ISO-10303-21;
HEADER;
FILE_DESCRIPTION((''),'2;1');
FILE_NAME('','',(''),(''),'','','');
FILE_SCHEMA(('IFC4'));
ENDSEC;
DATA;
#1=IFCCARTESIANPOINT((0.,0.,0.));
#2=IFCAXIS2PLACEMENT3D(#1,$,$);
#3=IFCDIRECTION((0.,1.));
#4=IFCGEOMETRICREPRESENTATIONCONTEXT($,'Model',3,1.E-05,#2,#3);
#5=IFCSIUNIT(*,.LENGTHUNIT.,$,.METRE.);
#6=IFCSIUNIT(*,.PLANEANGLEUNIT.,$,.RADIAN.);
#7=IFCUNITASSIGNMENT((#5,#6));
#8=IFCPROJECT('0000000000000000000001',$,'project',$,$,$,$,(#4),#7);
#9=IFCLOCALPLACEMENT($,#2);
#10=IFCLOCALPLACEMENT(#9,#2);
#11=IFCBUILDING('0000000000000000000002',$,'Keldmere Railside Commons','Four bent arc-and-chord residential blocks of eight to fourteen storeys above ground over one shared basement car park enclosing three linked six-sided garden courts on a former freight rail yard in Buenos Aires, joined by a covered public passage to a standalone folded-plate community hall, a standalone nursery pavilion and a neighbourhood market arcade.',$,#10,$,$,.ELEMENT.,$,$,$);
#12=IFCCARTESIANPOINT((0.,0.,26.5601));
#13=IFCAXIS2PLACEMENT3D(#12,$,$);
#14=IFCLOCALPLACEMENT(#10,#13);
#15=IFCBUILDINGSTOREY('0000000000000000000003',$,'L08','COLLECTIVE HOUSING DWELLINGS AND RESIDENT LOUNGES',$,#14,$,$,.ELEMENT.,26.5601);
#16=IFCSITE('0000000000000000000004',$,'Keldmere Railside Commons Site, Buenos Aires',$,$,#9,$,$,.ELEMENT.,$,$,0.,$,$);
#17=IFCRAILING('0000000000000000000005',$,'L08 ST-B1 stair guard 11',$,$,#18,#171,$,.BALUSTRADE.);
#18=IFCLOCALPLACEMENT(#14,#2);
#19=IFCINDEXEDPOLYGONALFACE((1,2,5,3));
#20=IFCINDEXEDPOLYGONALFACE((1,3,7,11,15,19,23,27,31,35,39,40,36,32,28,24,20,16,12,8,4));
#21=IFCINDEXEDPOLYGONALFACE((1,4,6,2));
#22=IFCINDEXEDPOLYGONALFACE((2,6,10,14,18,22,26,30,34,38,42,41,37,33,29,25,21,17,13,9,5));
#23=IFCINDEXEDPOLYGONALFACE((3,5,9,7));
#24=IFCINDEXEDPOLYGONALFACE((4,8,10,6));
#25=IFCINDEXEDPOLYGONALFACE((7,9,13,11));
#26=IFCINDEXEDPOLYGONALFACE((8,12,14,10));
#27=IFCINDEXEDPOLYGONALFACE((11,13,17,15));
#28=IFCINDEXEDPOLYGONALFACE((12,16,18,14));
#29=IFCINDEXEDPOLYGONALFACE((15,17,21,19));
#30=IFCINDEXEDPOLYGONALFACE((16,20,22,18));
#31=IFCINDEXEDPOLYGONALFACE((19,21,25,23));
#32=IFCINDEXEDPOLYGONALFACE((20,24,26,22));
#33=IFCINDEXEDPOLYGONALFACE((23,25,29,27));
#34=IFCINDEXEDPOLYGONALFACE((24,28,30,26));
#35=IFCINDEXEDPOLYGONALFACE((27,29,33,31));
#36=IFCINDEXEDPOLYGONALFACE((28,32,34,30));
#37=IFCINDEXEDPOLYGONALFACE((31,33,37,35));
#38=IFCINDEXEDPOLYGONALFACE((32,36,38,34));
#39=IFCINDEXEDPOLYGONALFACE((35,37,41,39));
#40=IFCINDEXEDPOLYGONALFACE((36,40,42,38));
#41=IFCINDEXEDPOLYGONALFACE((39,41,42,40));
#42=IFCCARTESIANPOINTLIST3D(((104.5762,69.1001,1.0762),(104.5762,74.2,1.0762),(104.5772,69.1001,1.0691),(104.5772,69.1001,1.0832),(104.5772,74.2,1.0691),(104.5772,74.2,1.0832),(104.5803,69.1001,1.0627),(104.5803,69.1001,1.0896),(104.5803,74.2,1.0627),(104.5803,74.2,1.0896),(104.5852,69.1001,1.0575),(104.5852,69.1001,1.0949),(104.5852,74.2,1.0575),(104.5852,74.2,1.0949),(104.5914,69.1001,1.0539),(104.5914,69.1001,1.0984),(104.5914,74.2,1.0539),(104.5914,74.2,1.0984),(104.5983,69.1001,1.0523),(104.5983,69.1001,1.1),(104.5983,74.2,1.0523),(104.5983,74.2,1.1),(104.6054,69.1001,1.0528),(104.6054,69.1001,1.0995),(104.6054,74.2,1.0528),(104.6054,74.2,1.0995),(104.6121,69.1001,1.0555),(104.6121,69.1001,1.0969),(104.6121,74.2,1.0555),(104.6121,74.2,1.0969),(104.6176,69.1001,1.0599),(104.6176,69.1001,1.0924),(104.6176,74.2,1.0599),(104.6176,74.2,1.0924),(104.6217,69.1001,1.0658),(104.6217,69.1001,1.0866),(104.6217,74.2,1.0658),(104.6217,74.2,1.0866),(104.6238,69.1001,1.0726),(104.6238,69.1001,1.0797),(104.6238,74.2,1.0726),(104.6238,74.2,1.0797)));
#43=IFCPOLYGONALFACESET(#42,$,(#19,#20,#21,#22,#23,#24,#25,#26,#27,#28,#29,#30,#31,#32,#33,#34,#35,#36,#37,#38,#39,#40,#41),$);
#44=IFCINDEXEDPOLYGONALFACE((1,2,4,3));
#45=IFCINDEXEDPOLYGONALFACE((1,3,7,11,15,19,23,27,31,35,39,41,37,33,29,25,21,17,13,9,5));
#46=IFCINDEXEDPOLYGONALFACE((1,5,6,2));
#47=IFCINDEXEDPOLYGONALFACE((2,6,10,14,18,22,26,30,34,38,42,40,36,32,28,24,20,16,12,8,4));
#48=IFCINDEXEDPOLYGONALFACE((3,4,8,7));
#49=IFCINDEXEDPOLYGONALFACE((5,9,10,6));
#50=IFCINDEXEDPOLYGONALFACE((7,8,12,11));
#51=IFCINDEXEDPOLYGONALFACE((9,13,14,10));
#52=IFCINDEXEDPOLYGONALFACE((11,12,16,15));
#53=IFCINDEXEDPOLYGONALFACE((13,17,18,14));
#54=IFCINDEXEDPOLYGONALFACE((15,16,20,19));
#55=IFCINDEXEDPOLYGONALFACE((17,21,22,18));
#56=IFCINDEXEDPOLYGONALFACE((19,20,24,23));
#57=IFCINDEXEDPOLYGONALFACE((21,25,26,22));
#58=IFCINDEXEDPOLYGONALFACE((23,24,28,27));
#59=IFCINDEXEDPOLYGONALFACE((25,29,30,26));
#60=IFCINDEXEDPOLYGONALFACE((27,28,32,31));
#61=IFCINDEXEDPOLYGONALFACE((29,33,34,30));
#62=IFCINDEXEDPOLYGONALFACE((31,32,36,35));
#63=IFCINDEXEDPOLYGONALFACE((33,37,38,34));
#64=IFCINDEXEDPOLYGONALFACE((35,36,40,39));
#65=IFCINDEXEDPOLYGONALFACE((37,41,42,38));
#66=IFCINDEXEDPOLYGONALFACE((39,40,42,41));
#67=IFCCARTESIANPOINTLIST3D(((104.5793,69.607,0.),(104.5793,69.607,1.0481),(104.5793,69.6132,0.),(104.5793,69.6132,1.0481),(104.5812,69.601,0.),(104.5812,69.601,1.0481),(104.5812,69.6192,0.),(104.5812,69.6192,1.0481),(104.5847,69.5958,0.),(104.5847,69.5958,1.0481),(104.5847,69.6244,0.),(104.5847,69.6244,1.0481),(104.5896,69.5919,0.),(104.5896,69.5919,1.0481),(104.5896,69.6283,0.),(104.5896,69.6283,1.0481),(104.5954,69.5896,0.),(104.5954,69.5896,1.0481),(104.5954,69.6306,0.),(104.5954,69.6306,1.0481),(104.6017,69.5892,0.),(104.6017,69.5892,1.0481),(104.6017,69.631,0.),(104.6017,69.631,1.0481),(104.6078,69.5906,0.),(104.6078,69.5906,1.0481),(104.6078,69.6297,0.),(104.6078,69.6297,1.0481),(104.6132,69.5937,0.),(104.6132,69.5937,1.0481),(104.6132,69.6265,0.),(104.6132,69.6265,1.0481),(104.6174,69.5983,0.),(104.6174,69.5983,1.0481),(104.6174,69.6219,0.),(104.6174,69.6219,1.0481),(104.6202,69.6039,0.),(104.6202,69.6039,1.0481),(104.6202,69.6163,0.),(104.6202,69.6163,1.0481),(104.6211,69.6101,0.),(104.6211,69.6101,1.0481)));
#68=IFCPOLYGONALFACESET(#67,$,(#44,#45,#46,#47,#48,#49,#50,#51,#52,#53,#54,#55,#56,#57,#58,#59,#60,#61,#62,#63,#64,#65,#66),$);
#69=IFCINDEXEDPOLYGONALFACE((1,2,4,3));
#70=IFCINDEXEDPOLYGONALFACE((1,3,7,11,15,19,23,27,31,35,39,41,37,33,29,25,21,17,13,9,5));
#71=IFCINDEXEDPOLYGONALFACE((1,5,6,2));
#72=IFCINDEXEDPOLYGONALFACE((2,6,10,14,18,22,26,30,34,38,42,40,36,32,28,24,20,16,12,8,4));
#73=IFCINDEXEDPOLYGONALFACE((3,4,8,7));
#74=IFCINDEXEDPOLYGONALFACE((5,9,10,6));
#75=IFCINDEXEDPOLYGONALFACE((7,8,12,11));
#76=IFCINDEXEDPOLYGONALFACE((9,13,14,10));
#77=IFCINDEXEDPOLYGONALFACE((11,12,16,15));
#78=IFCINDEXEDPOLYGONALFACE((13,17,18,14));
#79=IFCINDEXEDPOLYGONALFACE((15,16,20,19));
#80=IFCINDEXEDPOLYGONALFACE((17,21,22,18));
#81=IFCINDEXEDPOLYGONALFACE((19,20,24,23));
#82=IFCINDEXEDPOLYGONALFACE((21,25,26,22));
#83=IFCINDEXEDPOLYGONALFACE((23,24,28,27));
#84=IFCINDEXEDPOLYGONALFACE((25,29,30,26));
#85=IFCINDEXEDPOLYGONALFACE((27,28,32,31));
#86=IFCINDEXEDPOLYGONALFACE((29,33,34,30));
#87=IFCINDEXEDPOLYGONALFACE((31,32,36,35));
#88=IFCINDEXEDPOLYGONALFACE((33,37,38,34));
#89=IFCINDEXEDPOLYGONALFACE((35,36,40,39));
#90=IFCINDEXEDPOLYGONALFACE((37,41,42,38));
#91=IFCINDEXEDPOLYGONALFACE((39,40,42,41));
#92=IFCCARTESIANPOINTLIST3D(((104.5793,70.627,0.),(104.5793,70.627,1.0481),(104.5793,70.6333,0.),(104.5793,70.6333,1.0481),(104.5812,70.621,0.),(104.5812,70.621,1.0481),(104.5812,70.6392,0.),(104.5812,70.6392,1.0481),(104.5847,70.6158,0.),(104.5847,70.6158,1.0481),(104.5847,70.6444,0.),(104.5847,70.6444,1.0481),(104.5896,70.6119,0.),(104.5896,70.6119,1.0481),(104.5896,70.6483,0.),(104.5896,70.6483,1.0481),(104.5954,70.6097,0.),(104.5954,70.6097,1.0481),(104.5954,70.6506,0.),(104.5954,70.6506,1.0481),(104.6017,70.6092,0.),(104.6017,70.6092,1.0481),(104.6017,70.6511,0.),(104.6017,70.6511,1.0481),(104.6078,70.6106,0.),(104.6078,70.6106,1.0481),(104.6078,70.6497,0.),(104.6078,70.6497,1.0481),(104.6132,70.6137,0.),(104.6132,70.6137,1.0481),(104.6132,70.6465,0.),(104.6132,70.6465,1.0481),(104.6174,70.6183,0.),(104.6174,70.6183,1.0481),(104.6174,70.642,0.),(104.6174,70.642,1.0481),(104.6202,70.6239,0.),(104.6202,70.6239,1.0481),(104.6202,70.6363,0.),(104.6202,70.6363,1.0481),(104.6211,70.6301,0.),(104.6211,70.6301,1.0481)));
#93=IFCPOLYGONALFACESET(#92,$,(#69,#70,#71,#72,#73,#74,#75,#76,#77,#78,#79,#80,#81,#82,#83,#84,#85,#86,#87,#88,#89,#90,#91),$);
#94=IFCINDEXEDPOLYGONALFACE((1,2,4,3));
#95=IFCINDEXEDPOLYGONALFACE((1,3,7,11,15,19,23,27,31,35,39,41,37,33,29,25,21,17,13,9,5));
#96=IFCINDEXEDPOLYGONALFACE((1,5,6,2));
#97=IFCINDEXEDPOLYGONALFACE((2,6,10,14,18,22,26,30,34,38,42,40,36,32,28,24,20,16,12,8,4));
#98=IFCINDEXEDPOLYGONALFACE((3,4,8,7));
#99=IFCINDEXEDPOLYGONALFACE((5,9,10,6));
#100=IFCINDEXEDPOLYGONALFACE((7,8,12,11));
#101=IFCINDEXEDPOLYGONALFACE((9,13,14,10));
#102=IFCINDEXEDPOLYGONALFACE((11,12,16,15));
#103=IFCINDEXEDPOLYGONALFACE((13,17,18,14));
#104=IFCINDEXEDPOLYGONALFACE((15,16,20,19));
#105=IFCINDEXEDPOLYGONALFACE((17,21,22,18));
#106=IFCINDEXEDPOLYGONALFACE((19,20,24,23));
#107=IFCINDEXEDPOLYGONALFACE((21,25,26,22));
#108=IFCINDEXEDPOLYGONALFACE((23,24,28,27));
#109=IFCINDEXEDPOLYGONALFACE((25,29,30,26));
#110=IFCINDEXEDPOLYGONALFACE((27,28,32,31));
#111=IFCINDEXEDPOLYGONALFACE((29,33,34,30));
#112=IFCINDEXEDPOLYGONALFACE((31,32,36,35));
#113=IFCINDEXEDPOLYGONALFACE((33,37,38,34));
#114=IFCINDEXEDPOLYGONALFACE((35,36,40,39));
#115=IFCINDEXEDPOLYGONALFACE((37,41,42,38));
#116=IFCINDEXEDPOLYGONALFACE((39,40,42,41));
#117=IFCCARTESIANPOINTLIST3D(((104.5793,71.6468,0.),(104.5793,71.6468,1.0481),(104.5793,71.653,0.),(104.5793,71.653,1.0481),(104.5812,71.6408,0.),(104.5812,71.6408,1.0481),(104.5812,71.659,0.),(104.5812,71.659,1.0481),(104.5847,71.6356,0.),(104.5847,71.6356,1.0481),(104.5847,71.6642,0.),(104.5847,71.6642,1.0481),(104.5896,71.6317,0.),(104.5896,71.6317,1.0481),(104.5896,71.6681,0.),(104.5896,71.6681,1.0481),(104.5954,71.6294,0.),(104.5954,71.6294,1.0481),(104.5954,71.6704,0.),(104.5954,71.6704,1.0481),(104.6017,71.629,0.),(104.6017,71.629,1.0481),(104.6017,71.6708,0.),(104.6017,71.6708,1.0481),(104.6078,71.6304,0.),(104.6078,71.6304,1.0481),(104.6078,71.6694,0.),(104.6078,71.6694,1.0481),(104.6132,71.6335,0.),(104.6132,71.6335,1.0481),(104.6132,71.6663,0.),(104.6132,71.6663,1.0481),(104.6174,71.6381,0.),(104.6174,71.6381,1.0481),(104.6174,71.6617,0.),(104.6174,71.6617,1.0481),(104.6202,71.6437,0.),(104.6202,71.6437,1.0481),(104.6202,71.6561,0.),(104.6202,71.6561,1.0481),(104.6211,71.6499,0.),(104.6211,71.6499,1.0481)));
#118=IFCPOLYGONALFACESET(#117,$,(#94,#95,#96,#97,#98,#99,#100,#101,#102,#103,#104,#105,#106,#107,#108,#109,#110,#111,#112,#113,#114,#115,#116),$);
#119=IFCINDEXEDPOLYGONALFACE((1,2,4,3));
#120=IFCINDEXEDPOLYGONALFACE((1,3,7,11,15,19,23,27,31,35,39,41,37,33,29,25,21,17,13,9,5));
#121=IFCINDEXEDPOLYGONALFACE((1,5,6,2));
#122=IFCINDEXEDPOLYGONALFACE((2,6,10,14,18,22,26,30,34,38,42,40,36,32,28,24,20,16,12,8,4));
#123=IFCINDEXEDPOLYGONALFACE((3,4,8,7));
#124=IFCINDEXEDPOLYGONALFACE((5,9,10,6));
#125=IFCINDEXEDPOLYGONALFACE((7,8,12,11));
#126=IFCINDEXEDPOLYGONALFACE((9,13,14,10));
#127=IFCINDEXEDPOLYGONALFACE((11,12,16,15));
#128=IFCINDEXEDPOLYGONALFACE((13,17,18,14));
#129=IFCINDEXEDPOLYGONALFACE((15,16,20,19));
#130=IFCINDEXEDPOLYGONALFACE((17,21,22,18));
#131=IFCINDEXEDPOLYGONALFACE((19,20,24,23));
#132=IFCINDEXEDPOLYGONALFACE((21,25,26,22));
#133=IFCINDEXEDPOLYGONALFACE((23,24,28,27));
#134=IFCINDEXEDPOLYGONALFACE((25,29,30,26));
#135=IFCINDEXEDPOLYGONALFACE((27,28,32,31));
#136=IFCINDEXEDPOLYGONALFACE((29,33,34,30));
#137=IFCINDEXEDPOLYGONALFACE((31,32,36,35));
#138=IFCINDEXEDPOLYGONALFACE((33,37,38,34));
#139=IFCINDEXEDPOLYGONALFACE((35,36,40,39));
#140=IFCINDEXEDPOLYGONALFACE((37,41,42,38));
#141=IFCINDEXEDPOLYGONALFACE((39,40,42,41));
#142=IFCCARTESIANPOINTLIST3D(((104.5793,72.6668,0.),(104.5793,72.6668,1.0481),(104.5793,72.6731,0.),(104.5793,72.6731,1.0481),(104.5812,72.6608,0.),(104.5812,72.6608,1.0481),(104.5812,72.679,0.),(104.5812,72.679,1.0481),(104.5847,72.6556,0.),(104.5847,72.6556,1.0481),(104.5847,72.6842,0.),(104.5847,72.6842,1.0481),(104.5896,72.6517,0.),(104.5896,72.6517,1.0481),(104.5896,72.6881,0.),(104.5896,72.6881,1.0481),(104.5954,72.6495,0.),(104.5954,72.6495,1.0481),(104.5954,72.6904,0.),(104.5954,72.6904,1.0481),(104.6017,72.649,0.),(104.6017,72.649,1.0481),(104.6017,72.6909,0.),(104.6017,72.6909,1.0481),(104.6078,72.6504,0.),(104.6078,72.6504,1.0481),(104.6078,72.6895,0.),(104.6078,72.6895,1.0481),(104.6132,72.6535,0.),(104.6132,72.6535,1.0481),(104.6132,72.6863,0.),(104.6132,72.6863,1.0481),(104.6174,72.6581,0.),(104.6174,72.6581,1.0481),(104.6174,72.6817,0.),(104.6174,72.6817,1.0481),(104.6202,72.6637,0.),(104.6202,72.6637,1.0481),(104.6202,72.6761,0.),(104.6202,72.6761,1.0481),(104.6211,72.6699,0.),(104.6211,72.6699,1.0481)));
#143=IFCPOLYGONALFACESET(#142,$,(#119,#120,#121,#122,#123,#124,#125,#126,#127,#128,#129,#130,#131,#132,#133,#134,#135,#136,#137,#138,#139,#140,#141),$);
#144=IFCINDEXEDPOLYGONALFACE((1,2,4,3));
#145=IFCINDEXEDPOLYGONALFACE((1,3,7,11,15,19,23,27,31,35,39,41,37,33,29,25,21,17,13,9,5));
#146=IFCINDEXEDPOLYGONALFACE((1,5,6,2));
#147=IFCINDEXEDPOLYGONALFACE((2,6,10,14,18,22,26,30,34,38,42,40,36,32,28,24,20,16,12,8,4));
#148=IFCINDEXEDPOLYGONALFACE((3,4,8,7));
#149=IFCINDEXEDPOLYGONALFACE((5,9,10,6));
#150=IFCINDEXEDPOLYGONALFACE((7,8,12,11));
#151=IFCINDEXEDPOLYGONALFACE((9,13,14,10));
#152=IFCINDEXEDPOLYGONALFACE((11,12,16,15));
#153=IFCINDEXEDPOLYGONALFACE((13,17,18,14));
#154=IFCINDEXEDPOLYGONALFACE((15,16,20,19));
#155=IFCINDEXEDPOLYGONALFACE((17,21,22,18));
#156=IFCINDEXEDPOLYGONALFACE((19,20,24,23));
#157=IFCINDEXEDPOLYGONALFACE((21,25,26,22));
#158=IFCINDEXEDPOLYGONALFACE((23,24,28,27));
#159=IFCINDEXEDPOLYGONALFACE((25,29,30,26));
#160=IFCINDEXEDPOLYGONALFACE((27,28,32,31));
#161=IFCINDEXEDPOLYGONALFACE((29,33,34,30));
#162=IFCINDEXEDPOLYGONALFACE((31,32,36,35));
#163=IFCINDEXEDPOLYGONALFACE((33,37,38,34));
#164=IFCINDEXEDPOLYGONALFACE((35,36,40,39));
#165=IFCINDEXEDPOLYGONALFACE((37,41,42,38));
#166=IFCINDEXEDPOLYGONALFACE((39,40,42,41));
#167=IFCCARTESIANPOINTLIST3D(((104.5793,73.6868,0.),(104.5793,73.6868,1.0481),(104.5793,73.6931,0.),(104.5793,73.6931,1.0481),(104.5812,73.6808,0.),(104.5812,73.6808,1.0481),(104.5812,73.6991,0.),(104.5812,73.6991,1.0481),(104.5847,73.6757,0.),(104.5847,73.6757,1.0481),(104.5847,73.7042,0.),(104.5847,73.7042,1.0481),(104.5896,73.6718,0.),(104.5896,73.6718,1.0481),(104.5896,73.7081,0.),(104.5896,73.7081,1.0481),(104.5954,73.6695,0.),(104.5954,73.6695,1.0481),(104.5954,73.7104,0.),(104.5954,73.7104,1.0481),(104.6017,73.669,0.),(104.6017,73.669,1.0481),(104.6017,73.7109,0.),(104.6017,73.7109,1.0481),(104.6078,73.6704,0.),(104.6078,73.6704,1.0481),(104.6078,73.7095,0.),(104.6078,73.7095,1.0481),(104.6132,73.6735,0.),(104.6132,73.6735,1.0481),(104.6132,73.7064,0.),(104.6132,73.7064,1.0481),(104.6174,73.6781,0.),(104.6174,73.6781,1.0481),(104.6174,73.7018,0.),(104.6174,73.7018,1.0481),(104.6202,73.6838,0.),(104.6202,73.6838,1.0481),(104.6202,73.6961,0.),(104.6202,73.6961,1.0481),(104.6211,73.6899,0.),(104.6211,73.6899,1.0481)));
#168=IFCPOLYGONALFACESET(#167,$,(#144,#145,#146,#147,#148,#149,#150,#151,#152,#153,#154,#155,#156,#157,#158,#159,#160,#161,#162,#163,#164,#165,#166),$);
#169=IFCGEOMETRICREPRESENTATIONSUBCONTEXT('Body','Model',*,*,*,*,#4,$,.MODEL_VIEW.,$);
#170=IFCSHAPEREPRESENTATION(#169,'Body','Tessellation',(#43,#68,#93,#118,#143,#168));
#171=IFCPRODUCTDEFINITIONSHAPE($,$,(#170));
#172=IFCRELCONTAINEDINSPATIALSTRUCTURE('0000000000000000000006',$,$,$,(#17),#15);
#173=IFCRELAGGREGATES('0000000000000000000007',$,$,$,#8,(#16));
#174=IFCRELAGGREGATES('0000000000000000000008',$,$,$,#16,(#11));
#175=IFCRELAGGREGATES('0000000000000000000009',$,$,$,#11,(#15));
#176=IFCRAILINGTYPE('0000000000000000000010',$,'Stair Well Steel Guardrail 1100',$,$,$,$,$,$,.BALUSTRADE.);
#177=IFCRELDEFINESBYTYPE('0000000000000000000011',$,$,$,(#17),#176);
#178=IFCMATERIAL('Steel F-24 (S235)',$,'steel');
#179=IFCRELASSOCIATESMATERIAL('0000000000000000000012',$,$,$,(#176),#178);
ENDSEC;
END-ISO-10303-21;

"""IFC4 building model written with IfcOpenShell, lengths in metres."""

from ifc_helpers import new_model, si_unit, direction, frame, origin, origin_2d, place, context, subcontext, project, spatial, circle, extrude, material, type_object, element, save


model = new_model("IFC4")

# Units and contexts
model_context = context("Model", 3, precision=1e-05, world=origin(), true_north=direction((0.0, 1.0)))
body_context = subcontext(model_context, "Body", "Model", "MODEL_VIEW")
ifc_project = project(units=[si_unit("LENGTHUNIT", "METRE"), si_unit("PLANEANGLEUNIT", "RADIAN")], contexts=[model_context])

# Site, building, storey
site_placement = place(None, origin())
site = spatial("IfcSite", under=ifc_project, at=site_placement, Name="Keldmere Railside Commons Site, Buenos Aires", CompositionType="ELEMENT", RefElevation=0.0)
building_placement = place(site_placement, origin())
building = spatial("IfcBuilding", under=site, at=building_placement, Name="Keldmere Railside Commons", Description="Four bent arc-and-chord residential blocks of eight to fourteen storeys above ground over one shared basement car park enclosing three linked six-sided garden courts on a former freight rail yard in Buenos Aires, joined by a covered public passage to a standalone folded-plate community hall, a standalone nursery pavilion and a neighbourhood market arcade.", CompositionType="ELEMENT")
storey_placement = place(building_placement, frame((0.0, 0.0, 26.5601)))
storey = spatial("IfcBuildingStorey", under=building, at=storey_placement, Name="L08", Description="COLLECTIVE HOUSING DWELLINGS AND RESIDENT LOUNGES", CompositionType="ELEMENT", Elevation=26.5601)

# Railing
ifc_material_1 = material(Name="Steel F-24 (S235)", Category="steel")
railing_type_1 = type_object("IfcRailingType", Name="Stair Well Steel Guardrail 1100", PredefinedType="BALUSTRADE", material=ifc_material_1)
railing_1_placement = place(storey_placement, frame((104.6001, 69.1001, 0.0)))
element("IfcRailing", 1, at=railing_1_placement, inside=storey, type_object=railing_type_1, Name="L08 ST-B1 stair guard 11", PredefinedType="BALUSTRADE", context=body_context, shape_type="SweptSolid", body=[
    extrude(circle(Radius=0.0239, at=origin_2d()), frame((0.0, 0.0, 1.0762), z_axis=(0.0, 1.0, 0.0), x_axis=(-1.0, 0.0, 0.0)), (0.0, 0.0, 1.0), 5.0999),
    extrude(circle(Radius=0.021, at=origin_2d()), frame((0.0, 0.51, 0.0)), (0.0, 0.0, 1.0), 1.0481),
    extrude(circle(Radius=0.021, at=origin_2d()), frame((0.0, 1.53, 0.0)), (0.0, 0.0, 1.0), 1.0481),
    extrude(circle(Radius=0.021, at=origin_2d()), frame((0.0, 2.5498, 0.0)), (0.0, 0.0, 1.0), 1.0481),
    extrude(circle(Radius=0.021, at=origin_2d()), frame((0.0, 3.5698, 0.0)), (0.0, 0.0, 1.0), 1.0481),
    extrude(circle(Radius=0.021, at=origin_2d()), frame((0.0, 4.5898, 0.0)), (0.0, 0.0, 1.0), 1.0481),
])

save(model, "model.ifc")
